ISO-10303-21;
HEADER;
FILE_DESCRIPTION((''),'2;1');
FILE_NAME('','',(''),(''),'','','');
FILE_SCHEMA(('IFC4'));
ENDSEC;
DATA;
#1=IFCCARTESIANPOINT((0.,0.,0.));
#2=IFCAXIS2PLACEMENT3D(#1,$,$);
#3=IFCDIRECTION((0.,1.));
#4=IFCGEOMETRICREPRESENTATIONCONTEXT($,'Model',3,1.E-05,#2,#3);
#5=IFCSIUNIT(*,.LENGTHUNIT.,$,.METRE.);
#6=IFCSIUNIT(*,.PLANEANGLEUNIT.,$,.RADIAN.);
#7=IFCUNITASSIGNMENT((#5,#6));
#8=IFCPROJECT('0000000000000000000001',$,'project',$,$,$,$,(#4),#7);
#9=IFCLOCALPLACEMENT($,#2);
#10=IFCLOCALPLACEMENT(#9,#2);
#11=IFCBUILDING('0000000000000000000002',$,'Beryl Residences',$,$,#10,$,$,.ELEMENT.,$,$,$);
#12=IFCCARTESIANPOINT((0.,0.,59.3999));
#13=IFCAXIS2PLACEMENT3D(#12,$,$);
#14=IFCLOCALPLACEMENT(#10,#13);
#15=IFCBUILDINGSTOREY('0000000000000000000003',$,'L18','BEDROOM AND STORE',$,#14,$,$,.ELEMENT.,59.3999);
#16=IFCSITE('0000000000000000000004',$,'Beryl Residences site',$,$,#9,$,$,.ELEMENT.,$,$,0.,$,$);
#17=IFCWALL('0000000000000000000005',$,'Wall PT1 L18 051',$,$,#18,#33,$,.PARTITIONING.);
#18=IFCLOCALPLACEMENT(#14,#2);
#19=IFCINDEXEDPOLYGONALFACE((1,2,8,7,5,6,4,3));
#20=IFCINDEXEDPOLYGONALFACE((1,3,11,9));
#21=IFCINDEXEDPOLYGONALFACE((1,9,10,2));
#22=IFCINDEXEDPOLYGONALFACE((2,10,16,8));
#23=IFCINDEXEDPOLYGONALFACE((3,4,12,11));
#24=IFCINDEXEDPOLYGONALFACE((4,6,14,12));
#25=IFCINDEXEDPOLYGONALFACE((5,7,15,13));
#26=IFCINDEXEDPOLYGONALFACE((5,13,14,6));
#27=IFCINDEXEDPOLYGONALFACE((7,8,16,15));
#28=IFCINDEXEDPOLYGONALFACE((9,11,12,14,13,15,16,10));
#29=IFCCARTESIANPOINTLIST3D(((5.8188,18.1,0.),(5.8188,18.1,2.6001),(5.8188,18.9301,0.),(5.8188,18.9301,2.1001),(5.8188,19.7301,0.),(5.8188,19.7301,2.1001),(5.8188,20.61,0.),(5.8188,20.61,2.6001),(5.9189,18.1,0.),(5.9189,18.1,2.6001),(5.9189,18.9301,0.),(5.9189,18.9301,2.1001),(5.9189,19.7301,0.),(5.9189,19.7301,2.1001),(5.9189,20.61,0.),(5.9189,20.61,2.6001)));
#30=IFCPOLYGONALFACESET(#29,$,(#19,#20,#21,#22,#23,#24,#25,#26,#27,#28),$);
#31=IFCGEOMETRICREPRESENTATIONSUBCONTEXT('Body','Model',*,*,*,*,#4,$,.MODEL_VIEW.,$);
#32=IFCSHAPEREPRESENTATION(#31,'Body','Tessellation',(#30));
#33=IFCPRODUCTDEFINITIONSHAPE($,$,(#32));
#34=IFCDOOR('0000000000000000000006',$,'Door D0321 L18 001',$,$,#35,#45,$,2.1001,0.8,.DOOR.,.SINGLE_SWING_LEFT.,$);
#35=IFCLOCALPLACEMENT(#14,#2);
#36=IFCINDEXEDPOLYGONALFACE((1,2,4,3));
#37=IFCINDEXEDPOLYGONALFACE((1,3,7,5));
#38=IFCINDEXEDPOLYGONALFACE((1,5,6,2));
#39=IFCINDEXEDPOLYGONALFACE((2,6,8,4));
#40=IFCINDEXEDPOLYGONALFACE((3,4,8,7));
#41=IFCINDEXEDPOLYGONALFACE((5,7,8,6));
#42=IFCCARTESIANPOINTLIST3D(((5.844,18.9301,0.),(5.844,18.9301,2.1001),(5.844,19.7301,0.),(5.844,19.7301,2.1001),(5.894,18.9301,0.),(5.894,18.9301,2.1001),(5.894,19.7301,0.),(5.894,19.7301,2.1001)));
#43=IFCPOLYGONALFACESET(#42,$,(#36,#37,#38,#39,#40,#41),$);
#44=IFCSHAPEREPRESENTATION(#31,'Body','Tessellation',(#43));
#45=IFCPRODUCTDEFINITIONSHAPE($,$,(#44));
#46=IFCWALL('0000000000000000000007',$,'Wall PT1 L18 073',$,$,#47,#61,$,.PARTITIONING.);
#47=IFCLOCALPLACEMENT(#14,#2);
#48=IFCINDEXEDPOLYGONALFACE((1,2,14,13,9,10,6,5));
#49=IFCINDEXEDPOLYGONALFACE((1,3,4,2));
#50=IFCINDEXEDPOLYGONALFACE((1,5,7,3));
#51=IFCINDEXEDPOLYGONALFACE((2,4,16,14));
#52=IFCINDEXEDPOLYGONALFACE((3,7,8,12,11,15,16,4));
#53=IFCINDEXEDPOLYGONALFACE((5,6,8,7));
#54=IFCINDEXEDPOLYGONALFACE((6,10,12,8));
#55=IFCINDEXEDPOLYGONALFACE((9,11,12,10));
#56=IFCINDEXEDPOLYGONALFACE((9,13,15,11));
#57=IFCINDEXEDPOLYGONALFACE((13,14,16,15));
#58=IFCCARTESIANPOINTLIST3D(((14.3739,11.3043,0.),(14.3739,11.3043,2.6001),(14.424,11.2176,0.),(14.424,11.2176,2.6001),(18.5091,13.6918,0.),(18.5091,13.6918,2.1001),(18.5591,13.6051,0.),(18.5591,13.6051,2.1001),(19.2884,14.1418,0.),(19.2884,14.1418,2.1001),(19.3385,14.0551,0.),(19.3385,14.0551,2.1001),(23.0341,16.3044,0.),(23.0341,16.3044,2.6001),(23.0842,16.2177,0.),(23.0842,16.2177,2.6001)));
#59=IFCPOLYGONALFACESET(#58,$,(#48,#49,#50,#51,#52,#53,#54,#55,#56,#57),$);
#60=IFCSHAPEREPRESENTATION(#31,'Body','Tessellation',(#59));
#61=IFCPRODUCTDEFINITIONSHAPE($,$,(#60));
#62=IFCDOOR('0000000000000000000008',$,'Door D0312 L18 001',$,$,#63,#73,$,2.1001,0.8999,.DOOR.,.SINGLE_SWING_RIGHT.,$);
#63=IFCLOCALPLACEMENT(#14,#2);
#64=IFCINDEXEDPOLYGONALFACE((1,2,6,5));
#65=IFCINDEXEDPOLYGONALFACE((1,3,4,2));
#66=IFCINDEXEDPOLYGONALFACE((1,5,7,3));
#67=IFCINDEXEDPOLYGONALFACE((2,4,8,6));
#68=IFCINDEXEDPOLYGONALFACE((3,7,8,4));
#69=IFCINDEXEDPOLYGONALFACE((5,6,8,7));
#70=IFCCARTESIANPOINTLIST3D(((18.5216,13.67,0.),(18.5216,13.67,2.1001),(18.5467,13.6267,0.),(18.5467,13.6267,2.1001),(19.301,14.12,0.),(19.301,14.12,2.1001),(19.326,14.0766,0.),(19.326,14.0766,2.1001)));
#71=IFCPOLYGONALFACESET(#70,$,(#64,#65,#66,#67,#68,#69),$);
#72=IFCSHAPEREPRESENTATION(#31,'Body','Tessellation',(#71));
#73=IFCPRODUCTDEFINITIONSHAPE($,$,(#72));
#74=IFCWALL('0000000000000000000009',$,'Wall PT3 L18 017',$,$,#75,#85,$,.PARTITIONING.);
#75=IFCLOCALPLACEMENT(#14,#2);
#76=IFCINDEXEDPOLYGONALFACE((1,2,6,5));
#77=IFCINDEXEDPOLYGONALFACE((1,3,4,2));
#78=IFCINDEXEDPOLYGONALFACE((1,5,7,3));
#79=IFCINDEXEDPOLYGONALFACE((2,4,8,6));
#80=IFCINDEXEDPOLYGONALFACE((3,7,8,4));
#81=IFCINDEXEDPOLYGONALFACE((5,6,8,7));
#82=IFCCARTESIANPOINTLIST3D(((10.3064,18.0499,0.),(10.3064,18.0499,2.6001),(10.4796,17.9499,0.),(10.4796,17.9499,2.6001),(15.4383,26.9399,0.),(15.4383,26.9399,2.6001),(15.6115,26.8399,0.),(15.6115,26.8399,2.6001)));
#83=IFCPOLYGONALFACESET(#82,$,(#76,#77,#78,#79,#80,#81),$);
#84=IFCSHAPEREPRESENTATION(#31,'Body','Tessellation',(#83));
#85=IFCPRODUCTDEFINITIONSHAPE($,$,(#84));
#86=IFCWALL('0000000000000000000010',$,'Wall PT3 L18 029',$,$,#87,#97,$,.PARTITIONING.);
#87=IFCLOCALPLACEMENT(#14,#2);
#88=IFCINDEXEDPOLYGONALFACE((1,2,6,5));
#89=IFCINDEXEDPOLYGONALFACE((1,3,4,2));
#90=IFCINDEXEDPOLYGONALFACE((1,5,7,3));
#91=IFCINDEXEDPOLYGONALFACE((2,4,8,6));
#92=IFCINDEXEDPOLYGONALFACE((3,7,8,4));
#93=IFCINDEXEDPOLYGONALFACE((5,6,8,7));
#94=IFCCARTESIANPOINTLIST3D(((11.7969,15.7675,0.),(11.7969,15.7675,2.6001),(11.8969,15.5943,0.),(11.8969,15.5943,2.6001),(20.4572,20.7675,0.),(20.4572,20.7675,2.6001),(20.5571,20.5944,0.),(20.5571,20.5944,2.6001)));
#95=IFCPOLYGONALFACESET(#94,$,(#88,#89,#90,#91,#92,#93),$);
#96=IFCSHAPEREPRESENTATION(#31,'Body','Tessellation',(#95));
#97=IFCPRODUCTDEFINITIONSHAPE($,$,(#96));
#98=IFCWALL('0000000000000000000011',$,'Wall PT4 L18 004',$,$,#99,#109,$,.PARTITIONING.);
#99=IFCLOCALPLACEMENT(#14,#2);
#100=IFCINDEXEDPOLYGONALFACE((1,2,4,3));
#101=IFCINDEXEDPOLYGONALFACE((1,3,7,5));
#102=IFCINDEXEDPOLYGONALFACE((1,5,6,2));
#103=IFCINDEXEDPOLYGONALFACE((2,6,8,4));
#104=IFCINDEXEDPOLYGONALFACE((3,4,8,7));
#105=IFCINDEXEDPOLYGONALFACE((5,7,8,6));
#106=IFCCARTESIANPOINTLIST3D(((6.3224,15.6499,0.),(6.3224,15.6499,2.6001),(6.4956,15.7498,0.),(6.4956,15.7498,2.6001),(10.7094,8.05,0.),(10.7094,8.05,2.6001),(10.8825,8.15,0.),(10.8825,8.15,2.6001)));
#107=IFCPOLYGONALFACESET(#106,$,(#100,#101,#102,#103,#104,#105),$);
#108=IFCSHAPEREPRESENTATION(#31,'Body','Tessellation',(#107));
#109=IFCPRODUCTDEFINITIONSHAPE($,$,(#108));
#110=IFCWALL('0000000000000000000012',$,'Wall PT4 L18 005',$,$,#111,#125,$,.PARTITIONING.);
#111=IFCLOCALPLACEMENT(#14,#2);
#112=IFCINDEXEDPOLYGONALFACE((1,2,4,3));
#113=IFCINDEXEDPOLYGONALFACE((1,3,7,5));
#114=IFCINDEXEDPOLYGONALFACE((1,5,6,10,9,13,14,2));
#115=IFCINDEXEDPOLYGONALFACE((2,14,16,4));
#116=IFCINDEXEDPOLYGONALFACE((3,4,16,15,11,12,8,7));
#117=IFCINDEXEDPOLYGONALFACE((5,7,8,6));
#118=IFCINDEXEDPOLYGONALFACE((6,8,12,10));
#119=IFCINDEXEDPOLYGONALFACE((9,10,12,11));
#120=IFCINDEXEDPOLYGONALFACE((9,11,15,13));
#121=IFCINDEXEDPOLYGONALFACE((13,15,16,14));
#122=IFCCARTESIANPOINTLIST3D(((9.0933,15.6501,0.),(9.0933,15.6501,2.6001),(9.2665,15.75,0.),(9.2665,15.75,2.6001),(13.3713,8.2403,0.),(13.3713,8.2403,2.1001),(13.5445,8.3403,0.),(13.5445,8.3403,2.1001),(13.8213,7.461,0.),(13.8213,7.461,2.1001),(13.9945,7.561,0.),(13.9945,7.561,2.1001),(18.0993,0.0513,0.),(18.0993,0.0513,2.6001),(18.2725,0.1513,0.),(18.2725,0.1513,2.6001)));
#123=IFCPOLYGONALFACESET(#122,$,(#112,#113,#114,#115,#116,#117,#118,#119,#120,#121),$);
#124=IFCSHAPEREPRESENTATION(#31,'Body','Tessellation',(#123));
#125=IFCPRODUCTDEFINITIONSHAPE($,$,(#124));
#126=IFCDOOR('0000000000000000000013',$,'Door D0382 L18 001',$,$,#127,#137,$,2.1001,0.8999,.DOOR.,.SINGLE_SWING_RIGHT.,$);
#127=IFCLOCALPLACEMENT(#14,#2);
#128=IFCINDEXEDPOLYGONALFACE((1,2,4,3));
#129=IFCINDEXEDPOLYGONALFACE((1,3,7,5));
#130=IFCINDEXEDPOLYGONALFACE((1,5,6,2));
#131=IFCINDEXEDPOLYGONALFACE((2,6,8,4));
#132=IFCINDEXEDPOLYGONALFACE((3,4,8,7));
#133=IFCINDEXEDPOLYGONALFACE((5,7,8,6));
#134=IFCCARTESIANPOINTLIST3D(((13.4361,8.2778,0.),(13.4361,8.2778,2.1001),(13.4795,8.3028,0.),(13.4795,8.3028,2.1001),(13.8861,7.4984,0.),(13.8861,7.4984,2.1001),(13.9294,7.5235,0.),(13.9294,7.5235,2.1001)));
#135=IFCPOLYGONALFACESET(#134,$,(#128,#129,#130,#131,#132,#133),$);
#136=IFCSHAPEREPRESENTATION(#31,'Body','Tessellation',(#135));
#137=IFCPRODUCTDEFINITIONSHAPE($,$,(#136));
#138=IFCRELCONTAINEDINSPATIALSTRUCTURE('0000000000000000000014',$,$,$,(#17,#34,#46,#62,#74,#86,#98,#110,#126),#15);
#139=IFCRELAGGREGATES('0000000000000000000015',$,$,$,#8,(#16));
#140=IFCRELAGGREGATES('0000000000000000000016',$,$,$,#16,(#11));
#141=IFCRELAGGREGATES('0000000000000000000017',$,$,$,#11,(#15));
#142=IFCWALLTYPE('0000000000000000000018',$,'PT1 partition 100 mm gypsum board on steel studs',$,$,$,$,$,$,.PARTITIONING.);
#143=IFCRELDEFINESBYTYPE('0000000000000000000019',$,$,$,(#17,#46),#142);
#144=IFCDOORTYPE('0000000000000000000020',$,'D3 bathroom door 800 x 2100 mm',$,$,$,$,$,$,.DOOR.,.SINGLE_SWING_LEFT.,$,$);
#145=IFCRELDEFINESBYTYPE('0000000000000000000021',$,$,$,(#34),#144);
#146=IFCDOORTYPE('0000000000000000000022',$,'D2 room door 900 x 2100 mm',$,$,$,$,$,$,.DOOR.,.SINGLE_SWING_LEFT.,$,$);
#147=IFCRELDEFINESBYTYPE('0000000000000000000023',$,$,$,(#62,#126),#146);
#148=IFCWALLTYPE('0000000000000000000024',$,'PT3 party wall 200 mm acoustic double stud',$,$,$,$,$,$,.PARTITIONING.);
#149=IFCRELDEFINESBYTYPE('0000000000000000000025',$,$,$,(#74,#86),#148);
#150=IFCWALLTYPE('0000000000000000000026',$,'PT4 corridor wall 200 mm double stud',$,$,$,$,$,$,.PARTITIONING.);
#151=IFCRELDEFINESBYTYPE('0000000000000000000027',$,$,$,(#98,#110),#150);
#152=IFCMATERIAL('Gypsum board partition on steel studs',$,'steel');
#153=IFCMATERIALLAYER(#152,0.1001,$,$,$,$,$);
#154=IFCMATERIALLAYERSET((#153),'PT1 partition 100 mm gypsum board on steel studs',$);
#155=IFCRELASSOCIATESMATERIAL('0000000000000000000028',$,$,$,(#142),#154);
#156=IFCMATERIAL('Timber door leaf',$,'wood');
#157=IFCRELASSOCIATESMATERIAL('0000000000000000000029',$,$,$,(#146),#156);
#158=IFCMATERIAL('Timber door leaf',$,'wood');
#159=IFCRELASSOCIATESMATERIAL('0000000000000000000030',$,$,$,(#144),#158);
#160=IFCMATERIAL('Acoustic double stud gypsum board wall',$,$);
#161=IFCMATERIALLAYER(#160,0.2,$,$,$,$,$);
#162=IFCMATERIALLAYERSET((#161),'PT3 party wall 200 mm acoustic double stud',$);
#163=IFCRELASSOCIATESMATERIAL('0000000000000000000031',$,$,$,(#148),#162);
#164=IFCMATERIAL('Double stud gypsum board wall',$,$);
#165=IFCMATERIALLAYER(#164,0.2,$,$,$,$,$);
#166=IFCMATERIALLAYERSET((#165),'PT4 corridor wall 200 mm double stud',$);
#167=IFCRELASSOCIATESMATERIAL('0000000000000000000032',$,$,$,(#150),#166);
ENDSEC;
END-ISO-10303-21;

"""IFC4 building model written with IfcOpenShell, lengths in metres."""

from ifc_helpers import new_model, si_unit, direction, frame, frame_2d, origin, place, context, subcontext, project, spatial, rectangle, extrude, material, layer, layer_set, type_object, element, fill, save


model = new_model("IFC4")

# Units and contexts
model_context = context("Model", 3, precision=1e-05, world=origin(), true_north=direction((0.0, 1.0)))
body_context = subcontext(model_context, "Body", "Model", "MODEL_VIEW")
ifc_project = project(units=[si_unit("LENGTHUNIT", "METRE"), si_unit("PLANEANGLEUNIT", "RADIAN")], contexts=[model_context])

# Site, building, storey
site_placement = place(None, origin())
site = spatial("IfcSite", under=ifc_project, at=site_placement, Name="Beryl Residences site", CompositionType="ELEMENT", RefElevation=0.0)
building_placement = place(site_placement, origin())
building = spatial("IfcBuilding", under=site, at=building_placement, Name="Beryl Residences", CompositionType="ELEMENT")
storey_placement = place(building_placement, frame((0.0, 0.0, 59.3999)))
storey = spatial("IfcBuildingStorey", under=building, at=storey_placement, Name="L18", Description="BEDROOM AND STORE", CompositionType="ELEMENT", Elevation=59.3999)

# Walls, openings, doors
ifc_material_1 = material(Name="Gypsum board partition on steel studs", Category="steel")
ifc_layer_1 = layer(ifc_material_1, 0.1001)
ifc_layer_set_1 = layer_set([ifc_layer_1], Name="PT1 partition 100 mm gypsum board on steel studs")
wall_type_1 = type_object("IfcWallType", Name="PT1 partition 100 mm gypsum board on steel studs", PredefinedType="PARTITIONING", material=ifc_layer_set_1)
ifc_material_2 = material(Name="Timber door leaf", Category="wood")
door_type_1 = type_object("IfcDoorType", Name="D2 room door 900 x 2100 mm", OperationType="SINGLE_SWING_LEFT", PredefinedType="DOOR", material=ifc_material_2)
wall_1_placement = place(storey_placement, frame((5.8689, 18.1001, 0.0), z_axis=(0.0, 0.0, 1.0), x_axis=(0.0, 1.0, 0.0)))
wall_1 = element("IfcWall", 1, at=wall_1_placement, inside=storey, type_object=wall_type_1, Name="Wall PT1 L18 051", PredefinedType="PARTITIONING", context=body_context, shape_type="SweptSolid", body=[
    extrude(rectangle(XDim=2.51, YDim=0.1001, at=frame_2d((1.2549, 0.0))), origin(), (0.0, 0.0, 1.0), 2.6001),
])
opening_1_placement = place(wall_1_placement, frame((0.8301, 0.0, 0.0)))
opening_1 = element("IfcOpeningElement", 2, at=opening_1_placement, cuts=wall_1, PredefinedType="OPENING", context=body_context, shape_type="SweptSolid", body=[
    extrude(rectangle(XDim=0.8, YDim=2.1001, at=frame_2d((0.3999, 1.05))), frame((0.0, 0.0601, 0.0), z_axis=(0.0, -1.0, 0.0), x_axis=(1.0, 0.0, 0.0)), (0.0, 0.0, 1.0), 0.1201),
])
ifc_material_3 = material(Name="Timber door leaf", Category="wood")
door_type_2 = type_object("IfcDoorType", Name="D3 bathroom door 800 x 2100 mm", OperationType="SINGLE_SWING_LEFT", PredefinedType="DOOR", material=ifc_material_3)
door_1_placement = place(opening_1_placement, origin())
door_1 = element("IfcDoor", 3, at=door_1_placement, inside=storey, type_object=door_type_2, Name="Door D0321 L18 001", OperationType="SINGLE_SWING_LEFT", OverallHeight=2.1001, OverallWidth=0.8, PredefinedType="DOOR", context=body_context, shape_type="SweptSolid", body=[
    extrude(rectangle(XDim=0.8, YDim=2.1001, at=frame_2d((0.3999, 1.05))), frame((0.0, 0.0249, 0.0), z_axis=(0.0, -1.0, 0.0), x_axis=(1.0, 0.0, 0.0)), (0.0, 0.0, 1.0), 0.05),
])
fill(opening_1, door_1)
wall_2_placement = place(storey_placement, frame((14.3989, 11.261, 0.0), z_axis=(0.0, 0.0, 1.0), x_axis=(0.866023, 0.500004, 0.0)))
wall_2 = element("IfcWall", 4, at=wall_2_placement, inside=storey, type_object=wall_type_1, Name="Wall PT1 L18 073", PredefinedType="PARTITIONING", context=body_context, shape_type="SweptSolid", body=[
    extrude(rectangle(XDim=10.0, YDim=0.1001, at=frame_2d((5.0, 0.0))), origin(), (0.0, 0.0, 1.0), 2.6001),
])
opening_2_placement = place(wall_2_placement, frame((4.7749, 0.0, 0.0)))
opening_2 = element("IfcOpeningElement", 5, at=opening_2_placement, cuts=wall_2, PredefinedType="OPENING", context=body_context, shape_type="SweptSolid", body=[
    extrude(rectangle(XDim=0.8999, YDim=2.1001, at=frame_2d((0.45, 1.05))), frame((0.0, 0.0601, 0.0), z_axis=(0.0, -1.0, 0.0), x_axis=(1.0, 0.0, 0.0)), (0.0, 0.0, 1.0), 0.1201),
])
door_2_placement = place(opening_2_placement, origin())
door_2 = element("IfcDoor", 6, at=door_2_placement, inside=storey, type_object=door_type_1, Name="Door D0312 L18 001", OperationType="SINGLE_SWING_RIGHT", OverallHeight=2.1001, OverallWidth=0.8999, PredefinedType="DOOR", context=body_context, shape_type="SweptSolid", body=[
    extrude(rectangle(XDim=0.8999, YDim=2.1001, at=frame_2d((0.45, 1.05))), frame((0.0, 0.0249, 0.0), z_axis=(0.0, -1.0, 0.0), x_axis=(1.0, 0.0, 0.0)), (0.0, 0.0, 1.0), 0.05),
])
fill(opening_2, door_2)

# Walls
ifc_material_4 = material(Name="Acoustic double stud gypsum board wall")
ifc_layer_2 = layer(ifc_material_4, 0.2)
ifc_layer_set_2 = layer_set([ifc_layer_2], Name="PT3 party wall 200 mm acoustic double stud")
wall_type_2 = type_object("IfcWallType", Name="PT3 party wall 200 mm acoustic double stud", PredefinedType="PARTITIONING", material=ifc_layer_set_2)
wall_3_placement = place(storey_placement, frame((10.3931, 18.0, 0.0), z_axis=(0.0, 0.0, 1.0), x_axis=(0.499945, 0.866057, 0.0)))
element("IfcWall", 7, at=wall_3_placement, inside=storey, type_object=wall_type_2, Name="Wall PT3 L18 017", PredefinedType="PARTITIONING", context=body_context, shape_type="SweptSolid", body=[
    extrude(rectangle(XDim=10.2649, YDim=0.2, at=frame_2d((5.1323, 0.0))), origin(), (0.0, 0.0, 1.0), 2.6001),
])
wall_4_placement = place(storey_placement, frame((11.8469, 15.6809, 0.0), z_axis=(0.0, 0.0, 1.0), x_axis=(0.866023, 0.500004, 0.0)))
element("IfcWall", 8, at=wall_4_placement, inside=storey, type_object=wall_type_2, Name="Wall PT3 L18 029", PredefinedType="PARTITIONING", context=body_context, shape_type="SweptSolid", body=[
    extrude(rectangle(XDim=10.0, YDim=0.2, at=frame_2d((5.0, 0.0))), origin(), (0.0, 0.0, 1.0), 2.6001),
])
ifc_material_5 = material(Name="Double stud gypsum board wall")
ifc_layer_3 = layer(ifc_material_5, 0.2)
ifc_layer_set_3 = layer_set([ifc_layer_3], Name="PT4 corridor wall 200 mm double stud")
wall_type_3 = type_object("IfcWallType", Name="PT4 corridor wall 200 mm double stud", PredefinedType="PARTITIONING", material=ifc_layer_set_3)
wall_5_placement = place(storey_placement, frame((6.4089, 15.7, 0.0), z_axis=(0.0, 0.0, 1.0), x_axis=(0.49993, -0.866066, 0.0)))
element("IfcWall", 9, at=wall_5_placement, inside=storey, type_object=wall_type_3, Name="Wall PT4 L18 004", PredefinedType="PARTITIONING", context=body_context, shape_type="SweptSolid", body=[
    extrude(rectangle(XDim=8.7751, YDim=0.2, at=frame_2d((4.3877, 0.0))), origin(), (0.0, 0.0, 1.0), 2.6001),
])

# Wall, opening, door
wall_6_placement = place(storey_placement, frame((9.1799, 15.7, 0.0), z_axis=(0.0, 0.0, 1.0), x_axis=(0.500004, -0.866023, 0.0)))
wall_6 = element("IfcWall", 10, at=wall_6_placement, inside=storey, type_object=wall_type_3, Name="Wall PT4 L18 005", PredefinedType="PARTITIONING", context=body_context, shape_type="SweptSolid", body=[
    extrude(rectangle(XDim=18.012, YDim=0.2, at=frame_2d((9.0059, 0.0))), origin(), (0.0, 0.0, 1.0), 2.6001),
])
opening_3_placement = place(wall_6_placement, frame((8.5559, 0.0, 0.0)))
opening_3 = element("IfcOpeningElement", 11, at=opening_3_placement, cuts=wall_6, PredefinedType="OPENING", context=body_context, shape_type="SweptSolid", body=[
    extrude(rectangle(XDim=0.8999, YDim=2.1001, at=frame_2d((0.45, 1.05))), frame((0.0, 0.1099, 0.0), z_axis=(0.0, -1.0, 0.0), x_axis=(1.0, 0.0, 0.0)), (0.0, 0.0, 1.0), 0.22),
])
door_3_placement = place(opening_3_placement, origin())
door_3 = element("IfcDoor", 12, at=door_3_placement, inside=storey, type_object=door_type_1, Name="Door D0382 L18 001", OperationType="SINGLE_SWING_RIGHT", OverallHeight=2.1001, OverallWidth=0.8999, PredefinedType="DOOR", context=body_context, shape_type="SweptSolid", body=[
    extrude(rectangle(XDim=0.8999, YDim=2.1001, at=frame_2d((0.45, 1.05))), frame((0.0, 0.0249, 0.0), z_axis=(0.0, -1.0, 0.0), x_axis=(1.0, 0.0, 0.0)), (0.0, 0.0, 1.0), 0.05),
])
fill(opening_3, door_3)

save(model, "model.ifc")
